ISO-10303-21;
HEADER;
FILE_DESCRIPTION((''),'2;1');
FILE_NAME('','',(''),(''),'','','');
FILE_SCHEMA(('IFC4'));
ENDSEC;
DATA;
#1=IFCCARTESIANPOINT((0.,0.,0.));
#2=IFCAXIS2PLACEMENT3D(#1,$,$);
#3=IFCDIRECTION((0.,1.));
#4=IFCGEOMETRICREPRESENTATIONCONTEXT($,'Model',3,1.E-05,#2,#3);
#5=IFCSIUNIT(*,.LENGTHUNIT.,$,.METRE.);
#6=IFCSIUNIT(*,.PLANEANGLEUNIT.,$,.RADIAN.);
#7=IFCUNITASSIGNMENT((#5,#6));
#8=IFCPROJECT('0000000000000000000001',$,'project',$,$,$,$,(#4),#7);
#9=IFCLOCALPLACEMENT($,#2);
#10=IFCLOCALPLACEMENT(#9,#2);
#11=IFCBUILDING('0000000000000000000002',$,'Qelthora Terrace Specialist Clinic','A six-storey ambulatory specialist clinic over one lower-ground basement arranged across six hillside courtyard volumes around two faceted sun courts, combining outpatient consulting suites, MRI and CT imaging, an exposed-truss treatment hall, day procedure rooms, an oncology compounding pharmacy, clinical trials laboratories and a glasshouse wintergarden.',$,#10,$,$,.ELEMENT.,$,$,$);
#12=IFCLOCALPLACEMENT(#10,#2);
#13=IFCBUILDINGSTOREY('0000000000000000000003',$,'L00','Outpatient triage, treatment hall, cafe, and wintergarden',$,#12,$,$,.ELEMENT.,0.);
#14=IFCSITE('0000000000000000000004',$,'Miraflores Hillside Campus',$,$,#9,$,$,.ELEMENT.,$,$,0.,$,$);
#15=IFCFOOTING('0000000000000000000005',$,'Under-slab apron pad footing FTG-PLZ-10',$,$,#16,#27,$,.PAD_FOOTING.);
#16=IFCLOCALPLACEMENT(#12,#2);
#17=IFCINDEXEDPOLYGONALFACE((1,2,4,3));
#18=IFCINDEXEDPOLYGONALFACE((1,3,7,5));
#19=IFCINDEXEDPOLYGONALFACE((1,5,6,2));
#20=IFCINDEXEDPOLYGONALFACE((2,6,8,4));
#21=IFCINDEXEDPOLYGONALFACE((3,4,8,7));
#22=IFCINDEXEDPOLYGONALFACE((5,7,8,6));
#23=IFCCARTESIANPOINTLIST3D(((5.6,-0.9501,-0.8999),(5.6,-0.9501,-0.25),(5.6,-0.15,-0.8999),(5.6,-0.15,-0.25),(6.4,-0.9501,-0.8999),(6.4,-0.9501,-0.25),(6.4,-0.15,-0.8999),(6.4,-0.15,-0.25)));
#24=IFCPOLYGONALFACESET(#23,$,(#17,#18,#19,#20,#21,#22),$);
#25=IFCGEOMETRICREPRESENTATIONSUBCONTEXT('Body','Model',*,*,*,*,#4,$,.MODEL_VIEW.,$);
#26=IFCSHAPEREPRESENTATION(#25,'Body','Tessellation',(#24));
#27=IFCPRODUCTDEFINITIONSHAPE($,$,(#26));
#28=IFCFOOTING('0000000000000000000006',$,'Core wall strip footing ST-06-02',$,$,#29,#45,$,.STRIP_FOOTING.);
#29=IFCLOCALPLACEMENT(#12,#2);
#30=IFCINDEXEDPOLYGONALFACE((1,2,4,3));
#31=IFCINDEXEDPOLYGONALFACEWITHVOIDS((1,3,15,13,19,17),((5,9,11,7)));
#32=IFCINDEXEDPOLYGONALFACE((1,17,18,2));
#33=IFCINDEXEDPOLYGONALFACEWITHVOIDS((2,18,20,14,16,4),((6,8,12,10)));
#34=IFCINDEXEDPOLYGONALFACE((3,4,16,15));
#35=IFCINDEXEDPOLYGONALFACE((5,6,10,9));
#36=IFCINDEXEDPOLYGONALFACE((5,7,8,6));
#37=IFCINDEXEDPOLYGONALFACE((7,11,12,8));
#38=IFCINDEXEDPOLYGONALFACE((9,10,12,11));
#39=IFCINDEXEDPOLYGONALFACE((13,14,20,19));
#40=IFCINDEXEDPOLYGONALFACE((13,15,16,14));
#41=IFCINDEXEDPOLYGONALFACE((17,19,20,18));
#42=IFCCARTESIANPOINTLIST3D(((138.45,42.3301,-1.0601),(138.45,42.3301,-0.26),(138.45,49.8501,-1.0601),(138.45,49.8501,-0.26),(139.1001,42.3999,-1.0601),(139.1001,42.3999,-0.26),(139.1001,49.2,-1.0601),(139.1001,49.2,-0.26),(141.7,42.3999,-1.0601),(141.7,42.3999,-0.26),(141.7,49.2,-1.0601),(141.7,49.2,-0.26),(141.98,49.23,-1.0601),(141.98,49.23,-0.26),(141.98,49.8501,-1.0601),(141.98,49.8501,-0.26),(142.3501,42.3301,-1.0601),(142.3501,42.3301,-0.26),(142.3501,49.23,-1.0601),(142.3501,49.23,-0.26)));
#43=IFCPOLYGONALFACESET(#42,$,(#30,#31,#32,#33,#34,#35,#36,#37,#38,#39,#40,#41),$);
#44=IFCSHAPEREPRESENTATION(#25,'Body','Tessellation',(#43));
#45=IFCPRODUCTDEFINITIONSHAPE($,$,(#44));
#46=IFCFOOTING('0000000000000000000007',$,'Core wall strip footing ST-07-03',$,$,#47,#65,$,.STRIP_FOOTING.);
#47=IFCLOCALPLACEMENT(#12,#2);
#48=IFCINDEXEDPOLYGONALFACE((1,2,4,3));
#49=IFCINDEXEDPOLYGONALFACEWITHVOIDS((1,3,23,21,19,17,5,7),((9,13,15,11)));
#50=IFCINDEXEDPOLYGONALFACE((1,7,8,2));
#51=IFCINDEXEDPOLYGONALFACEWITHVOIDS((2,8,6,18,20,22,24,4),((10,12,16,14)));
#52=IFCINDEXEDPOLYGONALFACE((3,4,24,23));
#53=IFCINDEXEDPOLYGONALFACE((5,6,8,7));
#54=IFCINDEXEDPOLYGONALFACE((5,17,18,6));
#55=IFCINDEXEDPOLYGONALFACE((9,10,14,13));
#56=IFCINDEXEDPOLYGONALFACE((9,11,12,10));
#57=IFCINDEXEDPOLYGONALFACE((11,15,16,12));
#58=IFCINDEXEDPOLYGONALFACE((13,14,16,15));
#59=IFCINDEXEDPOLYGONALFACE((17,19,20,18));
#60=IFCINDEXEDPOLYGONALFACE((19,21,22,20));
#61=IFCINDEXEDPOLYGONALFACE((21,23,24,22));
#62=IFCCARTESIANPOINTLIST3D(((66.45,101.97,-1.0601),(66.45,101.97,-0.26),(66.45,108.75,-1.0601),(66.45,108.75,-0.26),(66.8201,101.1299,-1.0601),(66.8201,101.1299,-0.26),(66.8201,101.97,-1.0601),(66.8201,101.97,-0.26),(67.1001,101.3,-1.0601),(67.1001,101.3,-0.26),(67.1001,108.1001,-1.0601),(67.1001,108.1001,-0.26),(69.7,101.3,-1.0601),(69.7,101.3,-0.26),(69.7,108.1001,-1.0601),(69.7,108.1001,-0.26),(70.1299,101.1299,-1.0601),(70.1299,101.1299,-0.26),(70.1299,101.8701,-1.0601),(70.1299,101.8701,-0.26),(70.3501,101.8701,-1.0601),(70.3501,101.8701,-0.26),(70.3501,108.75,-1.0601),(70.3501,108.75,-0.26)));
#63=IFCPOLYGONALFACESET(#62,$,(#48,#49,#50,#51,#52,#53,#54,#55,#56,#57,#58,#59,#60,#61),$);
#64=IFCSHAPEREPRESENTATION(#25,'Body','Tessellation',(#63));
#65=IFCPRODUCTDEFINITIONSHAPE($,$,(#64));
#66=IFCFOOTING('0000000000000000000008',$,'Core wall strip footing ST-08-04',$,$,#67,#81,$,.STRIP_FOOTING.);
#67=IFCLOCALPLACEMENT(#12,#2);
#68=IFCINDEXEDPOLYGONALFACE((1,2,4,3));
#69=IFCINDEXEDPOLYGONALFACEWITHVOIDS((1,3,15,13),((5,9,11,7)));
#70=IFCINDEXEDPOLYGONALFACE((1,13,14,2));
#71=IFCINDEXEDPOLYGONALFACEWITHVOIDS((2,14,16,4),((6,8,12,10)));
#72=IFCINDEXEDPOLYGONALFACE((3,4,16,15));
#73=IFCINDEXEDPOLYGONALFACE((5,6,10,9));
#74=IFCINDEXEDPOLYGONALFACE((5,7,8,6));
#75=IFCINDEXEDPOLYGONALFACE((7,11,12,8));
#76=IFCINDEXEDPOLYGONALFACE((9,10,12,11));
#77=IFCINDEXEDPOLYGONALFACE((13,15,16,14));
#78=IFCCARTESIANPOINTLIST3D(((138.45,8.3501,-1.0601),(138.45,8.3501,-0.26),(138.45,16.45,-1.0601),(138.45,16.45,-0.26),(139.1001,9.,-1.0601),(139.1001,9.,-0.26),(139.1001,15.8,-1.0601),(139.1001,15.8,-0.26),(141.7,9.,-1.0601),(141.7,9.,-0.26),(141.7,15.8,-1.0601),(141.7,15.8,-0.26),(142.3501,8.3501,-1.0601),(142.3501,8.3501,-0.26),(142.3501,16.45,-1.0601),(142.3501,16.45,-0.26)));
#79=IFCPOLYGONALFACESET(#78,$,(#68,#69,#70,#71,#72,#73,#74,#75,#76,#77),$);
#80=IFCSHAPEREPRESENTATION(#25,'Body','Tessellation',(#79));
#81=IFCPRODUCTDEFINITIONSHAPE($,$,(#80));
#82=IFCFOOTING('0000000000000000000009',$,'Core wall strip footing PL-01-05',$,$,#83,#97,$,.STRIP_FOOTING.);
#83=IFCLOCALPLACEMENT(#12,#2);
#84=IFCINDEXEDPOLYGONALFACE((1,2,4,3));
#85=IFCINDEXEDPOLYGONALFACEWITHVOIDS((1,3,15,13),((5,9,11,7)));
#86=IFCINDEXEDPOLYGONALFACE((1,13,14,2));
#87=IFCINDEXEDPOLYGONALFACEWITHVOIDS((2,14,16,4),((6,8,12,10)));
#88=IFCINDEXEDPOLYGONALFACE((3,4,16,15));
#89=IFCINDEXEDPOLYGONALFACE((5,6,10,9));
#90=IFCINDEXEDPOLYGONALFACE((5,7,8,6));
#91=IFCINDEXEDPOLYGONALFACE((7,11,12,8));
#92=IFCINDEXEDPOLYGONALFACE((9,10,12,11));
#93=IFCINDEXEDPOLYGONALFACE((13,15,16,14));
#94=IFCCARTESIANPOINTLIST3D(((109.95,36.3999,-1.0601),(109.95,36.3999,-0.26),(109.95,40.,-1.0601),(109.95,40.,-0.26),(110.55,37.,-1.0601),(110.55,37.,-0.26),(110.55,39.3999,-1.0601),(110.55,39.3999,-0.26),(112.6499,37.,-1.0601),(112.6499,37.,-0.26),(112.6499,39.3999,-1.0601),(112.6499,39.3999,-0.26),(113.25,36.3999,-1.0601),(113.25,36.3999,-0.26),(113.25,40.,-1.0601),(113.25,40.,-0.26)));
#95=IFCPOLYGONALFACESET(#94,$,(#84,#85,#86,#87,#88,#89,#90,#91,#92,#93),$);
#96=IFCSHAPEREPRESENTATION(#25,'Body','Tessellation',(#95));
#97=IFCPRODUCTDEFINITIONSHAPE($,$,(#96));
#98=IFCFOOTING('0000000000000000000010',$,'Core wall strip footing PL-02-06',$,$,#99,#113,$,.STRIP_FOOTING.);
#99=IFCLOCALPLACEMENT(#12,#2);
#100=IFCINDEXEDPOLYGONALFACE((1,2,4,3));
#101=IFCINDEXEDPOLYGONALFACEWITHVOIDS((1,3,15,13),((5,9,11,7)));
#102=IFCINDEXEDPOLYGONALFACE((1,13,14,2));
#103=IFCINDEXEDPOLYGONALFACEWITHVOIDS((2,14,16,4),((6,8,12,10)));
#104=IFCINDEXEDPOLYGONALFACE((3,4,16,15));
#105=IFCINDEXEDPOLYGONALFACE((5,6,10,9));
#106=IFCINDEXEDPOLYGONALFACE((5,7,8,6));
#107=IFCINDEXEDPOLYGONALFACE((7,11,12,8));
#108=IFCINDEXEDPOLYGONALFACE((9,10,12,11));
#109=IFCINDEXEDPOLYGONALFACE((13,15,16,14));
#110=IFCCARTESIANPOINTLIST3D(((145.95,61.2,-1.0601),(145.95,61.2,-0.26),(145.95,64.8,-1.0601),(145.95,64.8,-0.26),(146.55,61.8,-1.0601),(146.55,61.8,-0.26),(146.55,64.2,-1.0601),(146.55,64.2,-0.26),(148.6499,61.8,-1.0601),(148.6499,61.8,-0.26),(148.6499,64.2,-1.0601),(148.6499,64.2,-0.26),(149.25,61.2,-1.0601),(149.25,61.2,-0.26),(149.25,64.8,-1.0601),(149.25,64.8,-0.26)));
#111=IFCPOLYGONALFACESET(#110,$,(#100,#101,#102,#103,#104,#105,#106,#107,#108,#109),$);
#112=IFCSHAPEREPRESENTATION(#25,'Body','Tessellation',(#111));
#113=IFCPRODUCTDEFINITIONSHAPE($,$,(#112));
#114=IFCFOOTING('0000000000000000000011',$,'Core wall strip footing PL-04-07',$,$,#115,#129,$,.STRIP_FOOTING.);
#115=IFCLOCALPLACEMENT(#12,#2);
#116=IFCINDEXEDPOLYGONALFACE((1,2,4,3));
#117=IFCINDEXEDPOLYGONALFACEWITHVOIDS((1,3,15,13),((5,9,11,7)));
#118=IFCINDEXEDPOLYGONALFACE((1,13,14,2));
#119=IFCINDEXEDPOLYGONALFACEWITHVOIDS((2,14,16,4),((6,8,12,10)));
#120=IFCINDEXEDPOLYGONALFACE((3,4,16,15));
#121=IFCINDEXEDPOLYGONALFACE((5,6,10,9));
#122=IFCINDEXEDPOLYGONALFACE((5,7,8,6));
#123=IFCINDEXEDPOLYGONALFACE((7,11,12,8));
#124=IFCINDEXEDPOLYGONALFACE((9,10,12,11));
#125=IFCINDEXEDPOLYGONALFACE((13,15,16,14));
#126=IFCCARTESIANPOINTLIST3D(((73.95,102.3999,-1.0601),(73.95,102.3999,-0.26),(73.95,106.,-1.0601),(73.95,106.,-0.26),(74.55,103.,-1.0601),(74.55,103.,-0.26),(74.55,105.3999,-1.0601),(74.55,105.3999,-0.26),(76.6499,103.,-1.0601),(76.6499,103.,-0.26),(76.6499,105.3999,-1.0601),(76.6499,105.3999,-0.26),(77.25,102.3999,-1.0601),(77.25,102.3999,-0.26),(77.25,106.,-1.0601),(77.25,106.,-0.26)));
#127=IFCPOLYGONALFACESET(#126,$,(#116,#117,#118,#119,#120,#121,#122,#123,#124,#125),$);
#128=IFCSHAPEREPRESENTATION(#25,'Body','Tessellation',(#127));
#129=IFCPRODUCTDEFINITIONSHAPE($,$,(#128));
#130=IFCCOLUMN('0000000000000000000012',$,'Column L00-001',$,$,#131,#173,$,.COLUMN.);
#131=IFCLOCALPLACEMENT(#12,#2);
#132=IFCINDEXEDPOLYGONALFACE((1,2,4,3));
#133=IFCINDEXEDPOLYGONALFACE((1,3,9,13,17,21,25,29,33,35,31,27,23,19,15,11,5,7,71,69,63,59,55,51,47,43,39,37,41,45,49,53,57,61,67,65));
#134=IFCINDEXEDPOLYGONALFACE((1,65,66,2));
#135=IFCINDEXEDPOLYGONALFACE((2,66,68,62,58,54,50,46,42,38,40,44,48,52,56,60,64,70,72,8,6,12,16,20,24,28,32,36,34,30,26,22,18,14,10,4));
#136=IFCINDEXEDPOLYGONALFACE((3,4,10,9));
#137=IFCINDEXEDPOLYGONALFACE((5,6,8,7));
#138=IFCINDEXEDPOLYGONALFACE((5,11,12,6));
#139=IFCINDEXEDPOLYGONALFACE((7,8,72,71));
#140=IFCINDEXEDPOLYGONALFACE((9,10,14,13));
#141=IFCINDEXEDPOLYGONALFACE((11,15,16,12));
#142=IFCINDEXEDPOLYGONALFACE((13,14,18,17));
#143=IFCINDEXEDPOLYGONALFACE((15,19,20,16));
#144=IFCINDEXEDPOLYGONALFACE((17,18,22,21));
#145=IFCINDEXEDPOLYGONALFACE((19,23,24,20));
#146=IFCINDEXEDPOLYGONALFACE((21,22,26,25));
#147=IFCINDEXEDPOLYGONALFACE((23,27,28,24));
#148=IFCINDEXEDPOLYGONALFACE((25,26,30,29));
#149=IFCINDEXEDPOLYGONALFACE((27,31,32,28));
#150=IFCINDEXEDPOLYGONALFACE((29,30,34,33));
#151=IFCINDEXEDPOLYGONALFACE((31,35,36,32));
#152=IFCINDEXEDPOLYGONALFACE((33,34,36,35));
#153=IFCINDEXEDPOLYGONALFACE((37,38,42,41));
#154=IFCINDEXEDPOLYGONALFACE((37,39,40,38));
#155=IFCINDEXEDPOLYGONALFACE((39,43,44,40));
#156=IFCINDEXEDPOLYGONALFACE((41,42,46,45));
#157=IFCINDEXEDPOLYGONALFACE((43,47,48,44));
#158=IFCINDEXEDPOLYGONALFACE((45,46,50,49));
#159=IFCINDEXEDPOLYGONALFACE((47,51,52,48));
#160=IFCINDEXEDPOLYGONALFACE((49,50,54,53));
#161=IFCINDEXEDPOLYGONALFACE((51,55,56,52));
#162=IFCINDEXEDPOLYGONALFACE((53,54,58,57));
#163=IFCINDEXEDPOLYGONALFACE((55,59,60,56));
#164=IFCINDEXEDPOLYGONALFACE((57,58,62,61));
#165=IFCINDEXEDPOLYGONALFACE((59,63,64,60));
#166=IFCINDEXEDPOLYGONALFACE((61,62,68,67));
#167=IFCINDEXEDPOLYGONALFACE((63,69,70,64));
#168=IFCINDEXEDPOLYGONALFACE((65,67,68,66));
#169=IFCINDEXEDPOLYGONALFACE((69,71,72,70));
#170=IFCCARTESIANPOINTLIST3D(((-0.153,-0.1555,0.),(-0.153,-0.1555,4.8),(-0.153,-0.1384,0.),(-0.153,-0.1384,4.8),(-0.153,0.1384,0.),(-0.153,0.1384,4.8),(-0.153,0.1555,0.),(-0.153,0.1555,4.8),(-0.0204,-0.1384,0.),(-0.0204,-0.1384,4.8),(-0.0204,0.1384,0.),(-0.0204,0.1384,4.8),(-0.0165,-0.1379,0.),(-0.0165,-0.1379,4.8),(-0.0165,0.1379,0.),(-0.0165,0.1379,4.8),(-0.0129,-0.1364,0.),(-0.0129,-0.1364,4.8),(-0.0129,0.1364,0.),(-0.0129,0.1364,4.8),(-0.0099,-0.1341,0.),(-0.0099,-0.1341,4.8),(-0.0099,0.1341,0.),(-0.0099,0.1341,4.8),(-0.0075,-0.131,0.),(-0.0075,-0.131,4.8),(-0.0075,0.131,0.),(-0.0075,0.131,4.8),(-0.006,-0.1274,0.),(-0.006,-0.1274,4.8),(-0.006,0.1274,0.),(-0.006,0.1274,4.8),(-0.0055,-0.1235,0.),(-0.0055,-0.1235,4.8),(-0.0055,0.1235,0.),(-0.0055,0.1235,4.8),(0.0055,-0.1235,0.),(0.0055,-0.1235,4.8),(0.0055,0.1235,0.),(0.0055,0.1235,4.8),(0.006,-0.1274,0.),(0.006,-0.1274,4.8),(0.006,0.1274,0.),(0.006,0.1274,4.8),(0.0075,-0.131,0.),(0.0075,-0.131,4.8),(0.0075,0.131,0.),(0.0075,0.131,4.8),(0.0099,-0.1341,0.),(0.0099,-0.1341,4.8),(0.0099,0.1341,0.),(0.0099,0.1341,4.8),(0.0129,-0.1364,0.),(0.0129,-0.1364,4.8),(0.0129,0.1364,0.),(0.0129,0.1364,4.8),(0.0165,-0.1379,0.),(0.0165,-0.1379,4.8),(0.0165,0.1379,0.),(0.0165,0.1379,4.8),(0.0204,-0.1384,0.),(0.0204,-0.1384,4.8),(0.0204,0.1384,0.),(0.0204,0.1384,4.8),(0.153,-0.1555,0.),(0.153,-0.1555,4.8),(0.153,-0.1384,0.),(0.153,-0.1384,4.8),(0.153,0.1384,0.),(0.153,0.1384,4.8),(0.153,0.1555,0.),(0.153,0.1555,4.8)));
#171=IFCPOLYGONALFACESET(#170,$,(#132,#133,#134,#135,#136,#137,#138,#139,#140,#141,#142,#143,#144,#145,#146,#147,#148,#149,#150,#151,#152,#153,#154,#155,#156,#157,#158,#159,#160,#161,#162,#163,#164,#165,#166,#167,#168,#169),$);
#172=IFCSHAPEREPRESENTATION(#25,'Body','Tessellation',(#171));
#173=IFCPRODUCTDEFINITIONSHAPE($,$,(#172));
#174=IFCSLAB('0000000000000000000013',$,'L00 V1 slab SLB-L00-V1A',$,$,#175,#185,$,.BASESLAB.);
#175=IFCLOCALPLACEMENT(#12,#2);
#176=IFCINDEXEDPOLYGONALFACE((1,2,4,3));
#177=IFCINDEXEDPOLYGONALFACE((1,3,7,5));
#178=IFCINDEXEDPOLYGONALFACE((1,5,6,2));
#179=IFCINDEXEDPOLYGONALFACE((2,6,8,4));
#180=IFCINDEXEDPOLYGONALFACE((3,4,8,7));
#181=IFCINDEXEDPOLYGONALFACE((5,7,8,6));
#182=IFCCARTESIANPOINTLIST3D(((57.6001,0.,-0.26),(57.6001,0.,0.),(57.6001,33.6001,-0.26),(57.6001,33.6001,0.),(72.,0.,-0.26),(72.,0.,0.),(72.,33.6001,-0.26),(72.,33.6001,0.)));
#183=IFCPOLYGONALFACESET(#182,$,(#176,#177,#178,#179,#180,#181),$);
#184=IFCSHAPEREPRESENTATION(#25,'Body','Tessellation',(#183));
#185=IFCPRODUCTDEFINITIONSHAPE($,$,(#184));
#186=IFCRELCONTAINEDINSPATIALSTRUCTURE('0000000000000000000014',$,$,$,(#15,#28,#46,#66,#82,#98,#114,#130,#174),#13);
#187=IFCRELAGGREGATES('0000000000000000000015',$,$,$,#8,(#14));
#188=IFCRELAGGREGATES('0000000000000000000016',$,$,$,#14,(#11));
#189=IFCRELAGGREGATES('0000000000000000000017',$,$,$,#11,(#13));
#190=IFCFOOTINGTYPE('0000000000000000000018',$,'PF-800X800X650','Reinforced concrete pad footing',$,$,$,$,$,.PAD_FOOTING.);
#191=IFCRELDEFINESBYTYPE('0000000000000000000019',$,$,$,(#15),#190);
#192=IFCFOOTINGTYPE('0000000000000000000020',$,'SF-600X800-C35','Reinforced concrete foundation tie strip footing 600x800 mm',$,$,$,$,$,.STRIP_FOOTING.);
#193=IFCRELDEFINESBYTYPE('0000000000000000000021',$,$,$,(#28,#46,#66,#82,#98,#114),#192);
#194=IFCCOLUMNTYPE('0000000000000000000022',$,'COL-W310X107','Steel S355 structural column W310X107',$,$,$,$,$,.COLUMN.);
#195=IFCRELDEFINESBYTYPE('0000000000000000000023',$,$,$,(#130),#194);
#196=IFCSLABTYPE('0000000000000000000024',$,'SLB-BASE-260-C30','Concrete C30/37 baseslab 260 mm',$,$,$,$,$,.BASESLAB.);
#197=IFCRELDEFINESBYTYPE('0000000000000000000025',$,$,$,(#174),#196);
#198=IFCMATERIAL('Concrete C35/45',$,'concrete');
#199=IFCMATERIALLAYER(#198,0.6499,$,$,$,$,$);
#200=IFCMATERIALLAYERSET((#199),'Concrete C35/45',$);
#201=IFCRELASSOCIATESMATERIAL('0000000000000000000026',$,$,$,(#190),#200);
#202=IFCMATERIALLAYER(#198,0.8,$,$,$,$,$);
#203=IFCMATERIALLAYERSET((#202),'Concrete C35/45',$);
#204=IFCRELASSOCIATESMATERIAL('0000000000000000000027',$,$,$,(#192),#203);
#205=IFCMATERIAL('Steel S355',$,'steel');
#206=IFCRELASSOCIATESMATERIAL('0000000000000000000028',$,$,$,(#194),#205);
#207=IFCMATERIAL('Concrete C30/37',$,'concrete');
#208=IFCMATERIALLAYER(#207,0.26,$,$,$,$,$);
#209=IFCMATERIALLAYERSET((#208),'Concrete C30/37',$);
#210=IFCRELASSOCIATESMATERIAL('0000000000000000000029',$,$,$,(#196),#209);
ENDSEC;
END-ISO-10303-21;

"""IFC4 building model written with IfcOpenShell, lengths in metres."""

from ifc_helpers import new_model, si_unit, direction, frame, origin, origin_with_axes, origin_2d, place, context, subcontext, project, spatial, polyline, rectangle, i_section, outline, extrude, material, layer, layer_set, material_profile, profile_set, type_object, element, save


model = new_model("IFC4")

# Units and contexts
model_context = context("Model", 3, precision=1e-05, world=origin(), true_north=direction((0.0, 1.0)))
body_context = subcontext(model_context, "Body", "Model", "MODEL_VIEW")
ifc_project = project(units=[si_unit("LENGTHUNIT", "METRE"), si_unit("PLANEANGLEUNIT", "RADIAN")], contexts=[model_context])

# Site, building, storey
site_placement = place(None, origin())
site = spatial("IfcSite", under=ifc_project, at=site_placement, Name="Miraflores Hillside Campus", CompositionType="ELEMENT", RefElevation=0.0)
building_placement = place(site_placement, origin())
building = spatial("IfcBuilding", under=site, at=building_placement, Name="Qelthora Terrace Specialist Clinic", Description="A six-storey ambulatory specialist clinic over one lower-ground basement arranged across six hillside courtyard volumes around two faceted sun courts, combining outpatient consulting suites, MRI and CT imaging, an exposed-truss treatment hall, day procedure rooms, an oncology compounding pharmacy, clinical trials laboratories and a glasshouse wintergarden.", CompositionType="ELEMENT")
storey_placement = place(building_placement, origin())
storey = spatial("IfcBuildingStorey", under=building, at=storey_placement, Name="L00", Description="Outpatient triage, treatment hall, cafe, and wintergarden", CompositionType="ELEMENT", Elevation=0.0)

# Footings
ifc_material_1 = material(Name="Concrete C35/45", Category="concrete")
ifc_layer_1 = layer(ifc_material_1, 0.6499)
ifc_layer_set_1 = layer_set([ifc_layer_1], Name="Concrete C35/45")
footing_type_1 = type_object("IfcFootingType", Name="PF-800X800X650", Description="Reinforced concrete pad footing", PredefinedType="PAD_FOOTING", material=ifc_layer_set_1)
footing_1_placement = place(storey_placement, frame((6.0, -0.55, -0.8999), z_axis=(0.0, 0.0, 1.0), x_axis=(1.0, 0.0, 0.0)))
element("IfcFooting", 1, at=footing_1_placement, inside=storey, type_object=footing_type_1, Name="Under-slab apron pad footing FTG-PLZ-10", PredefinedType="PAD_FOOTING", context=body_context, shape_type="SweptSolid", body=[
    extrude(rectangle(XDim=0.8, YDim=0.8, at=origin_2d()), origin(), (0.0, 0.0, 1.0), 0.6499),
])
ifc_layer_2 = layer(ifc_material_1, 0.8)
ifc_layer_set_2 = layer_set([ifc_layer_2], Name="Concrete C35/45")
footing_type_2 = type_object("IfcFootingType", Name="SF-600X800-C35", Description="Reinforced concrete foundation tie strip footing 600x800 mm", PredefinedType="STRIP_FOOTING", material=ifc_layer_set_2)
footing_2_placement = place(storey_placement, frame((0.0, 0.0, -1.0601)))
element("IfcFooting", 2, at=footing_2_placement, inside=storey, type_object=footing_type_2, Name="Core wall strip footing ST-06-02", PredefinedType="STRIP_FOOTING", context=body_context, shape_type="SweptSolid", body=[
    extrude(outline(polyline([(141.98, 49.8501), (141.98, 49.23), (142.3501, 49.23), (142.3501, 42.3301), (138.45, 42.3301), (138.45, 49.8501), (141.98, 49.8501)]), holes=[polyline([(141.7, 49.2), (139.1001, 49.2), (139.1001, 42.3999), (141.7, 42.3999), (141.7, 49.2)])]), origin(), (0.0, 0.0, 1.0), 0.8),
])
footing_3_placement = place(storey_placement, frame((0.0, 0.0, -1.0601)))
element("IfcFooting", 3, at=footing_3_placement, inside=storey, type_object=footing_type_2, Name="Core wall strip footing ST-07-03", PredefinedType="STRIP_FOOTING", context=body_context, shape_type="SweptSolid", body=[
    extrude(outline(polyline([(70.3501, 108.75), (70.3501, 101.8701), (70.1299, 101.8701), (70.1299, 101.1299), (66.8201, 101.1299), (66.8201, 101.97), (66.45, 101.97), (66.45, 108.75), (70.3501, 108.75)]), holes=[polyline([(69.7, 108.1001), (67.1001, 108.1001), (67.1001, 101.3), (69.7, 101.3), (69.7, 108.1001)])]), origin(), (0.0, 0.0, 1.0), 0.8),
])
footing_4_placement = place(storey_placement, frame((0.0, 0.0, -1.0601)))
element("IfcFooting", 4, at=footing_4_placement, inside=storey, type_object=footing_type_2, Name="Core wall strip footing ST-08-04", PredefinedType="STRIP_FOOTING", context=body_context, shape_type="SweptSolid", body=[
    extrude(outline(polyline([(142.3501, 16.45), (142.3501, 8.3501), (138.45, 8.3501), (138.45, 16.45), (142.3501, 16.45)]), holes=[polyline([(141.7, 15.8), (139.1001, 15.8), (139.1001, 9.0), (141.7, 9.0), (141.7, 15.8)])]), origin(), (0.0, 0.0, 1.0), 0.8),
])
footing_5_placement = place(storey_placement, frame((0.0, 0.0, -1.0601)))
element("IfcFooting", 5, at=footing_5_placement, inside=storey, type_object=footing_type_2, Name="Core wall strip footing PL-01-05", PredefinedType="STRIP_FOOTING", context=body_context, shape_type="SweptSolid", body=[
    extrude(outline(polyline([(113.25, 40.0), (113.25, 36.3999), (109.95, 36.3999), (109.95, 40.0), (113.25, 40.0)]), holes=[polyline([(112.6499, 39.3999), (110.55, 39.3999), (110.55, 37.0), (112.6499, 37.0), (112.6499, 39.3999)])]), origin(), (0.0, 0.0, 1.0), 0.8),
])
footing_6_placement = place(storey_placement, frame((0.0, 0.0, -1.0601)))
element("IfcFooting", 6, at=footing_6_placement, inside=storey, type_object=footing_type_2, Name="Core wall strip footing PL-02-06", PredefinedType="STRIP_FOOTING", context=body_context, shape_type="SweptSolid", body=[
    extrude(outline(polyline([(149.25, 64.8), (149.25, 61.2), (145.95, 61.2), (145.95, 64.8), (149.25, 64.8)]), holes=[polyline([(148.6499, 64.2), (146.55, 64.2), (146.55, 61.8), (148.6499, 61.8), (148.6499, 64.2)])]), origin(), (0.0, 0.0, 1.0), 0.8),
])
footing_7_placement = place(storey_placement, frame((0.0, 0.0, -1.0601)))
element("IfcFooting", 7, at=footing_7_placement, inside=storey, type_object=footing_type_2, Name="Core wall strip footing PL-04-07", PredefinedType="STRIP_FOOTING", context=body_context, shape_type="SweptSolid", body=[
    extrude(outline(polyline([(77.25, 106.0), (77.25, 102.3999), (73.95, 102.3999), (73.95, 106.0), (77.25, 106.0)]), holes=[polyline([(76.6499, 105.3999), (74.55, 105.3999), (74.55, 103.0), (76.6499, 103.0), (76.6499, 105.3999)])]), origin(), (0.0, 0.0, 1.0), 0.8),
])

# Column
ifc_material_2 = material(Name="Steel S355", Category="steel")
ifc_material_profile = material_profile(ifc_material_2, i_section(OverallWidth=0.3059, OverallDepth=0.311, WebThickness=0.011, FlangeThickness=0.0171, FilletRadius=0.0149, at=origin_2d()), Name="W310X107")
ifc_profile_set = profile_set([ifc_material_profile], Name="Steel S355")
column_type = type_object("IfcColumnType", Name="COL-W310X107", Description="Steel S355 structural column W310X107", PredefinedType="COLUMN", material=ifc_profile_set)
column_placement = place(storey_placement, origin_with_axes())
element("IfcColumn", 8, at=column_placement, inside=storey, type_object=column_type, Name="Column L00-001", PredefinedType="COLUMN", context=body_context, shape_type="SweptSolid", body=[
    extrude(i_section(OverallWidth=0.3059, OverallDepth=0.311, WebThickness=0.011, FlangeThickness=0.0171, FilletRadius=0.0149, at=origin_2d()), origin(), (0.0, 0.0, 1.0), 4.8),
])

# Slab
ifc_material_3 = material(Name="Concrete C30/37", Category="concrete")
ifc_layer_3 = layer(ifc_material_3, 0.26)
ifc_layer_set_3 = layer_set([ifc_layer_3], Name="Concrete C30/37")
slab_type_1 = type_object("IfcSlabType", Name="SLB-BASE-260-C30", Description="Concrete C30/37 baseslab 260 mm", PredefinedType="BASESLAB", material=ifc_layer_set_3)
slab_1_placement = place(storey_placement, frame((0.0, 0.0, -0.26)))
element("IfcSlab", 9, at=slab_1_placement, inside=storey, type_object=slab_type_1, Name="L00 V1 slab SLB-L00-V1A", PredefinedType="BASESLAB", context=body_context, shape_type="SweptSolid", body=[
    extrude(outline(polyline([(57.6001, 33.6001), (72.0, 33.6001), (72.0, 0.0), (57.6001, 0.0), (57.6001, 33.6001)])), origin(), (0.0, 0.0, 1.0), 0.26),
])

save(model, "model.ifc")
